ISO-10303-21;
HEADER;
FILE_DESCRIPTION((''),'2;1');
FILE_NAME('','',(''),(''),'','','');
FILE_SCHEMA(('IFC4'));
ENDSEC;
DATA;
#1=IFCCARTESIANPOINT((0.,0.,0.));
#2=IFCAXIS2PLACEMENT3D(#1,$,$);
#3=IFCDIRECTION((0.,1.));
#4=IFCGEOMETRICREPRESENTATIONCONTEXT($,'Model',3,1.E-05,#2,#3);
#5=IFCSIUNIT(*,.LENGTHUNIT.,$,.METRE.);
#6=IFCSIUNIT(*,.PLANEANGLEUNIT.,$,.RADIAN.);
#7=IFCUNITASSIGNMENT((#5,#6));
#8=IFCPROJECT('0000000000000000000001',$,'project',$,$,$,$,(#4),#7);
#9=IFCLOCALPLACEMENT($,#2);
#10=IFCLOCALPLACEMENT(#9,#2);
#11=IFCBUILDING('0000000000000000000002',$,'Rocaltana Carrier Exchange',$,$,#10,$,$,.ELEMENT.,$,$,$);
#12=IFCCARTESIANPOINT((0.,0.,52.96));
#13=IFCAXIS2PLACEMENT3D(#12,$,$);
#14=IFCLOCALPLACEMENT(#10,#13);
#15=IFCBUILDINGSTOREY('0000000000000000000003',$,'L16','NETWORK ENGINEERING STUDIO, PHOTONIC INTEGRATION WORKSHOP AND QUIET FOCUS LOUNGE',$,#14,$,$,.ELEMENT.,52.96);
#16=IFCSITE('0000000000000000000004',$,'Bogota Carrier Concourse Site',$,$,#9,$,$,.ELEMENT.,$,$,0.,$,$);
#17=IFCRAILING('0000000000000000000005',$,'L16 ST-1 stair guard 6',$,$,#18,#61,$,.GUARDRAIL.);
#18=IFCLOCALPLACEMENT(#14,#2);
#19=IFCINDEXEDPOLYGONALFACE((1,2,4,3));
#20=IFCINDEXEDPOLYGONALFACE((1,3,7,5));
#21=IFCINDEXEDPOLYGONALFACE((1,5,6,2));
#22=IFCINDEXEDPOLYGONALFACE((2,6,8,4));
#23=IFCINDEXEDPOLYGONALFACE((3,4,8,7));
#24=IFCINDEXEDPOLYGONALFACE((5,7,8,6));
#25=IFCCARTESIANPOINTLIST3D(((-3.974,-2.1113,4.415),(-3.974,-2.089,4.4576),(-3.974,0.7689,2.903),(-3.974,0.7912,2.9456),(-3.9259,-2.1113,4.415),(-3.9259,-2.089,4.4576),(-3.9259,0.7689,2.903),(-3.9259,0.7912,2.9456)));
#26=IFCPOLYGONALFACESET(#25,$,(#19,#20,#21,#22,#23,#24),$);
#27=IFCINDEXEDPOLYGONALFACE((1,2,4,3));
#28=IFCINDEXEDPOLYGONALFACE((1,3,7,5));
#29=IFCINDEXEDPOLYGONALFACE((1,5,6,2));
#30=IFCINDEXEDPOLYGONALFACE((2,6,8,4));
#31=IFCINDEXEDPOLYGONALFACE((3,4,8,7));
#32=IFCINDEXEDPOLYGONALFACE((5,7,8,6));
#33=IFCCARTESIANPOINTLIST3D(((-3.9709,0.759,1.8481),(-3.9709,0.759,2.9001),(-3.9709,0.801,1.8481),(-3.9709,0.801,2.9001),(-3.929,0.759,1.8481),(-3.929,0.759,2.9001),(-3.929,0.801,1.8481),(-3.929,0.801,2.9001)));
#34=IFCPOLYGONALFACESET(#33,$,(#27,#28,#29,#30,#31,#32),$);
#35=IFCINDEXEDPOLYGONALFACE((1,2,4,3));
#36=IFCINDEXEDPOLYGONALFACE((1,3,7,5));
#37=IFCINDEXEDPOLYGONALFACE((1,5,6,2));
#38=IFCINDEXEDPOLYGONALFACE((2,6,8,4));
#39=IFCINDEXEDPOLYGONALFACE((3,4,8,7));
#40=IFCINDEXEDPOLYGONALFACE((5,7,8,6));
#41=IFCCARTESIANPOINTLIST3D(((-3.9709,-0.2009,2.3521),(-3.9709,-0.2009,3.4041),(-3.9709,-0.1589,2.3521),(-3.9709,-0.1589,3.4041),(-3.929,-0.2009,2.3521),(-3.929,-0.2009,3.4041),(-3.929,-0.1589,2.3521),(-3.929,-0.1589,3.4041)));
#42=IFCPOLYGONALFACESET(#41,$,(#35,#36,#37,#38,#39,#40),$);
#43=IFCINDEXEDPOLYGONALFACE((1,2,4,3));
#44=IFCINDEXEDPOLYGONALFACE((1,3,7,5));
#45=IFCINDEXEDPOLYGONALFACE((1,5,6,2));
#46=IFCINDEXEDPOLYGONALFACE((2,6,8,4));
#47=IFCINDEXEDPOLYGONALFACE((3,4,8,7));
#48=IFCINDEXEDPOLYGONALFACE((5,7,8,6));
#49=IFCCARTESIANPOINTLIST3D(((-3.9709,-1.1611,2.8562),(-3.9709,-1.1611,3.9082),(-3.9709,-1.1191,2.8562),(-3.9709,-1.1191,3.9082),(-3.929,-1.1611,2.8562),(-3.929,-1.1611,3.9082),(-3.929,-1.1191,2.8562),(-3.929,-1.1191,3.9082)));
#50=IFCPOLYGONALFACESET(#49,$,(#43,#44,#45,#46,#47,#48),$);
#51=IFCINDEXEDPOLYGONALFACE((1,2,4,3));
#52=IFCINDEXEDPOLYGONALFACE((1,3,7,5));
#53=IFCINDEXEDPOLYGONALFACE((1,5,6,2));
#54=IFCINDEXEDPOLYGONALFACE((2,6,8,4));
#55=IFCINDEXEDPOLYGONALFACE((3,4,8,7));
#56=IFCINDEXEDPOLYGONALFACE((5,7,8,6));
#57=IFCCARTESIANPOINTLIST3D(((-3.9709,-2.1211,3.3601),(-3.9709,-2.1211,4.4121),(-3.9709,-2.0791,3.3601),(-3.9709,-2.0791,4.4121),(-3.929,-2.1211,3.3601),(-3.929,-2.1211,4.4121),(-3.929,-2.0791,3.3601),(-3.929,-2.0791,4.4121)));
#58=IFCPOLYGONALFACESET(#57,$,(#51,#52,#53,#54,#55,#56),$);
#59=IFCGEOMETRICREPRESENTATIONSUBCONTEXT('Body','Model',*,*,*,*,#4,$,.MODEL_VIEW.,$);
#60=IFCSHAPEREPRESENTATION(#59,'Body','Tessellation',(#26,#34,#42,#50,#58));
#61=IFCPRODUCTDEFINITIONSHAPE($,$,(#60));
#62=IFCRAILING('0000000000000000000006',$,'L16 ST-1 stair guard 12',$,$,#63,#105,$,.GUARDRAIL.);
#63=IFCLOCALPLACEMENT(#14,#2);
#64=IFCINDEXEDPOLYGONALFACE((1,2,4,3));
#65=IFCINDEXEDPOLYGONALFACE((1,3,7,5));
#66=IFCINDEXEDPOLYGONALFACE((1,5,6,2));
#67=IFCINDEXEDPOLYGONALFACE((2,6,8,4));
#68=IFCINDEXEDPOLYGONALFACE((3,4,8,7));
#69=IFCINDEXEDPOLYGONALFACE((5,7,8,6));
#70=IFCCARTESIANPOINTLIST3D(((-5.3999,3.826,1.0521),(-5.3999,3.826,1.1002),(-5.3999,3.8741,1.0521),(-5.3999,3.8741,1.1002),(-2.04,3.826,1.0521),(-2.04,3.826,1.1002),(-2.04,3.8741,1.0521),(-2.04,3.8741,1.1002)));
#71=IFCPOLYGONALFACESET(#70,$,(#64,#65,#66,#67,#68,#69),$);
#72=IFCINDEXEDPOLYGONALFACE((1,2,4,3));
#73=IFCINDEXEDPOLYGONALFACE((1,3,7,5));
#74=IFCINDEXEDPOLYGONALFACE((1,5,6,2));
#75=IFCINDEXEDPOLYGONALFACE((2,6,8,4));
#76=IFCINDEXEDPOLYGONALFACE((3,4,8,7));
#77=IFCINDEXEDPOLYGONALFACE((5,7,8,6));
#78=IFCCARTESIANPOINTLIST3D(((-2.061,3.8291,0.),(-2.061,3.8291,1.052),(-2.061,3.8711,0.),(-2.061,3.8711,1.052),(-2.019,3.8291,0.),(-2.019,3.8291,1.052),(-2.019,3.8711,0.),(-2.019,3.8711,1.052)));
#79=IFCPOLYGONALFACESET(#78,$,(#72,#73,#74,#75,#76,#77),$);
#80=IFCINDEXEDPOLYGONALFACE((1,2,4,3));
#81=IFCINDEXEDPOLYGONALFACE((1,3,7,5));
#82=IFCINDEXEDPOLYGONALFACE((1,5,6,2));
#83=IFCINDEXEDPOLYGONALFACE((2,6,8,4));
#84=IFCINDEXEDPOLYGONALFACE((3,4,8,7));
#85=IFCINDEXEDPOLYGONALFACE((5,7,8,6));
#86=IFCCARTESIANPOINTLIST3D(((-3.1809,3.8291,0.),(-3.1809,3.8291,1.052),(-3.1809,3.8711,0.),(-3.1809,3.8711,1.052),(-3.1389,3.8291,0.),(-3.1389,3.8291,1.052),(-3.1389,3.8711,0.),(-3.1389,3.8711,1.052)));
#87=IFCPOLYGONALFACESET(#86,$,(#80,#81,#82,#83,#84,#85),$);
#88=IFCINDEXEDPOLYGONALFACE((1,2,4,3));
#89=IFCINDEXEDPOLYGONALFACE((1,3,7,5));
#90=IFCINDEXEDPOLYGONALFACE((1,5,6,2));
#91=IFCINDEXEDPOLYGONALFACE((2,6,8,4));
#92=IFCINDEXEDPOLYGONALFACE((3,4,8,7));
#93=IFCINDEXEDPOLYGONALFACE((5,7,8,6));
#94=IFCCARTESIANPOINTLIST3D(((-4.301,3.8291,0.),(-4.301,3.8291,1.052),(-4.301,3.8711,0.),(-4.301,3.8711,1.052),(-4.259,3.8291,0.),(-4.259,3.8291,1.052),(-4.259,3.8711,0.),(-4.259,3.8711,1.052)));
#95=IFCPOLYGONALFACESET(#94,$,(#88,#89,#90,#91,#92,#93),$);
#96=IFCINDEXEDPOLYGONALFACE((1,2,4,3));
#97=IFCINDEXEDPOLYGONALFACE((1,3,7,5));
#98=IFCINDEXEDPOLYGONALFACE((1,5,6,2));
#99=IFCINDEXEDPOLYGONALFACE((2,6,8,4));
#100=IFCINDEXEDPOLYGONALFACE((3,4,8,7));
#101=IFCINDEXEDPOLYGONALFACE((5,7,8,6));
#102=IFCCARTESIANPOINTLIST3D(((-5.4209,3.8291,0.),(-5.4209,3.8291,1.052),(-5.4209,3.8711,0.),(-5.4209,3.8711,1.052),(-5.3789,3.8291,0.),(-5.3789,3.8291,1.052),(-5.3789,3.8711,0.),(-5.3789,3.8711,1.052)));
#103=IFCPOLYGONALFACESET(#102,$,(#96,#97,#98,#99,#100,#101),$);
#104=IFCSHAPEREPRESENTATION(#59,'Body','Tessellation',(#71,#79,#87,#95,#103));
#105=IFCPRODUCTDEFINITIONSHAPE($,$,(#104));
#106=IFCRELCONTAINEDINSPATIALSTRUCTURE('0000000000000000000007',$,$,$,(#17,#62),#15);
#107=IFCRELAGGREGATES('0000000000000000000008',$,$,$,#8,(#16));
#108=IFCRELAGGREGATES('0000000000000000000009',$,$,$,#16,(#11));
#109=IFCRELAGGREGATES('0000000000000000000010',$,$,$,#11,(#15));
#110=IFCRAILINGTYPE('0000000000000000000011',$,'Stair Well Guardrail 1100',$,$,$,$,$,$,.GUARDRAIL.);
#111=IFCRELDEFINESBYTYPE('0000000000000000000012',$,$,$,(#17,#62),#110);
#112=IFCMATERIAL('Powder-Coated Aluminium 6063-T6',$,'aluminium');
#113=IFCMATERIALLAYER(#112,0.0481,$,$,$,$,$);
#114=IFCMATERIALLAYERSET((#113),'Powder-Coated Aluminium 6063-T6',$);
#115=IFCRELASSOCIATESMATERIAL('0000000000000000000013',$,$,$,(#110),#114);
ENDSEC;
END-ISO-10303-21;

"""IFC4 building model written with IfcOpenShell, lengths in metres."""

from ifc_helpers import new_model, si_unit, direction, frame, origin, origin_2d, place, context, subcontext, project, spatial, rectangle, extrude, material, layer, layer_set, type_object, element, save


model = new_model("IFC4")

# Units and contexts
model_context = context("Model", 3, precision=1e-05, world=origin(), true_north=direction((0.0, 1.0)))
body_context = subcontext(model_context, "Body", "Model", "MODEL_VIEW")
ifc_project = project(units=[si_unit("LENGTHUNIT", "METRE"), si_unit("PLANEANGLEUNIT", "RADIAN")], contexts=[model_context])

# Site, building, storey
site_placement = place(None, origin())
site = spatial("IfcSite", under=ifc_project, at=site_placement, Name="Bogota Carrier Concourse Site", CompositionType="ELEMENT", RefElevation=0.0)
building_placement = place(site_placement, origin())
building = spatial("IfcBuilding", under=site, at=building_placement, Name="Rocaltana Carrier Exchange", CompositionType="ELEMENT")
storey_placement = place(building_placement, frame((0.0, 0.0, 52.96)))
storey = spatial("IfcBuildingStorey", under=building, at=storey_placement, Name="L16", Description="NETWORK ENGINEERING STUDIO, PHOTONIC INTEGRATION WORKSHOP AND QUIET FOCUS LOUNGE", CompositionType="ELEMENT", Elevation=52.96)

# Railings
ifc_material_1 = material(Name="Powder-Coated Aluminium 6063-T6", Category="aluminium")
ifc_layer_1 = layer(ifc_material_1, 0.0481)
ifc_layer_set_1 = layer_set([ifc_layer_1], Name="Powder-Coated Aluminium 6063-T6")
railing_type_1 = type_object("IfcRailingType", Name="Stair Well Guardrail 1100", PredefinedType="GUARDRAIL", material=ifc_layer_set_1)
railing_1_placement = place(storey_placement, frame((-3.95, 0.78, 1.8481)))
element("IfcRailing", 1, at=railing_1_placement, inside=storey, type_object=railing_type_1, Name="L16 ST-1 stair guard 6", PredefinedType="GUARDRAIL", context=body_context, shape_type="SweptSolid", body=[
    extrude(rectangle(XDim=0.0481, YDim=0.0481, at=origin_2d()), frame((0.0, 0.0, 1.0762), z_axis=(0.0, -0.885411, 0.464809), x_axis=(1.0, 0.0, 0.0)), (0.0, 0.0, 1.0), 3.2529),
    extrude(rectangle(XDim=0.042, YDim=0.042, at=origin_2d()), origin(), (0.0, 0.0, 1.0), 1.052),
    extrude(rectangle(XDim=0.042, YDim=0.042, at=origin_2d()), frame((0.0, -0.96, 0.5039)), (0.0, 0.0, 1.0), 1.052),
    extrude(rectangle(XDim=0.042, YDim=0.042, at=origin_2d()), frame((0.0, -1.9202, 1.0081)), (0.0, 0.0, 1.0), 1.052),
    extrude(rectangle(XDim=0.042, YDim=0.042, at=origin_2d()), frame((0.0, -2.8801, 1.512)), (0.0, 0.0, 1.0), 1.052),
])
railing_2_placement = place(storey_placement, frame((-2.04, 3.8501, 0.0)))
element("IfcRailing", 2, at=railing_2_placement, inside=storey, type_object=railing_type_1, Name="L16 ST-1 stair guard 12", PredefinedType="GUARDRAIL", context=body_context, shape_type="SweptSolid", body=[
    extrude(rectangle(XDim=0.0481, YDim=0.0481, at=origin_2d()), frame((0.0, 0.0, 1.0762), z_axis=(-1.0, 0.0, 0.0), x_axis=(0.0, -1.0, 0.0)), (0.0, 0.0, 1.0), 3.3599),
    extrude(rectangle(XDim=0.042, YDim=0.042, at=origin_2d()), origin(), (0.0, 0.0, 1.0), 1.052),
    extrude(rectangle(XDim=0.042, YDim=0.042, at=origin_2d()), frame((-1.1199, 0.0, 0.0)), (0.0, 0.0, 1.0), 1.052),
    extrude(rectangle(XDim=0.042, YDim=0.042, at=origin_2d()), frame((-2.24, 0.0, 0.0)), (0.0, 0.0, 1.0), 1.052),
    extrude(rectangle(XDim=0.042, YDim=0.042, at=origin_2d()), frame((-3.3599, 0.0, 0.0)), (0.0, 0.0, 1.0), 1.052),
])

save(model, "model.ifc")
